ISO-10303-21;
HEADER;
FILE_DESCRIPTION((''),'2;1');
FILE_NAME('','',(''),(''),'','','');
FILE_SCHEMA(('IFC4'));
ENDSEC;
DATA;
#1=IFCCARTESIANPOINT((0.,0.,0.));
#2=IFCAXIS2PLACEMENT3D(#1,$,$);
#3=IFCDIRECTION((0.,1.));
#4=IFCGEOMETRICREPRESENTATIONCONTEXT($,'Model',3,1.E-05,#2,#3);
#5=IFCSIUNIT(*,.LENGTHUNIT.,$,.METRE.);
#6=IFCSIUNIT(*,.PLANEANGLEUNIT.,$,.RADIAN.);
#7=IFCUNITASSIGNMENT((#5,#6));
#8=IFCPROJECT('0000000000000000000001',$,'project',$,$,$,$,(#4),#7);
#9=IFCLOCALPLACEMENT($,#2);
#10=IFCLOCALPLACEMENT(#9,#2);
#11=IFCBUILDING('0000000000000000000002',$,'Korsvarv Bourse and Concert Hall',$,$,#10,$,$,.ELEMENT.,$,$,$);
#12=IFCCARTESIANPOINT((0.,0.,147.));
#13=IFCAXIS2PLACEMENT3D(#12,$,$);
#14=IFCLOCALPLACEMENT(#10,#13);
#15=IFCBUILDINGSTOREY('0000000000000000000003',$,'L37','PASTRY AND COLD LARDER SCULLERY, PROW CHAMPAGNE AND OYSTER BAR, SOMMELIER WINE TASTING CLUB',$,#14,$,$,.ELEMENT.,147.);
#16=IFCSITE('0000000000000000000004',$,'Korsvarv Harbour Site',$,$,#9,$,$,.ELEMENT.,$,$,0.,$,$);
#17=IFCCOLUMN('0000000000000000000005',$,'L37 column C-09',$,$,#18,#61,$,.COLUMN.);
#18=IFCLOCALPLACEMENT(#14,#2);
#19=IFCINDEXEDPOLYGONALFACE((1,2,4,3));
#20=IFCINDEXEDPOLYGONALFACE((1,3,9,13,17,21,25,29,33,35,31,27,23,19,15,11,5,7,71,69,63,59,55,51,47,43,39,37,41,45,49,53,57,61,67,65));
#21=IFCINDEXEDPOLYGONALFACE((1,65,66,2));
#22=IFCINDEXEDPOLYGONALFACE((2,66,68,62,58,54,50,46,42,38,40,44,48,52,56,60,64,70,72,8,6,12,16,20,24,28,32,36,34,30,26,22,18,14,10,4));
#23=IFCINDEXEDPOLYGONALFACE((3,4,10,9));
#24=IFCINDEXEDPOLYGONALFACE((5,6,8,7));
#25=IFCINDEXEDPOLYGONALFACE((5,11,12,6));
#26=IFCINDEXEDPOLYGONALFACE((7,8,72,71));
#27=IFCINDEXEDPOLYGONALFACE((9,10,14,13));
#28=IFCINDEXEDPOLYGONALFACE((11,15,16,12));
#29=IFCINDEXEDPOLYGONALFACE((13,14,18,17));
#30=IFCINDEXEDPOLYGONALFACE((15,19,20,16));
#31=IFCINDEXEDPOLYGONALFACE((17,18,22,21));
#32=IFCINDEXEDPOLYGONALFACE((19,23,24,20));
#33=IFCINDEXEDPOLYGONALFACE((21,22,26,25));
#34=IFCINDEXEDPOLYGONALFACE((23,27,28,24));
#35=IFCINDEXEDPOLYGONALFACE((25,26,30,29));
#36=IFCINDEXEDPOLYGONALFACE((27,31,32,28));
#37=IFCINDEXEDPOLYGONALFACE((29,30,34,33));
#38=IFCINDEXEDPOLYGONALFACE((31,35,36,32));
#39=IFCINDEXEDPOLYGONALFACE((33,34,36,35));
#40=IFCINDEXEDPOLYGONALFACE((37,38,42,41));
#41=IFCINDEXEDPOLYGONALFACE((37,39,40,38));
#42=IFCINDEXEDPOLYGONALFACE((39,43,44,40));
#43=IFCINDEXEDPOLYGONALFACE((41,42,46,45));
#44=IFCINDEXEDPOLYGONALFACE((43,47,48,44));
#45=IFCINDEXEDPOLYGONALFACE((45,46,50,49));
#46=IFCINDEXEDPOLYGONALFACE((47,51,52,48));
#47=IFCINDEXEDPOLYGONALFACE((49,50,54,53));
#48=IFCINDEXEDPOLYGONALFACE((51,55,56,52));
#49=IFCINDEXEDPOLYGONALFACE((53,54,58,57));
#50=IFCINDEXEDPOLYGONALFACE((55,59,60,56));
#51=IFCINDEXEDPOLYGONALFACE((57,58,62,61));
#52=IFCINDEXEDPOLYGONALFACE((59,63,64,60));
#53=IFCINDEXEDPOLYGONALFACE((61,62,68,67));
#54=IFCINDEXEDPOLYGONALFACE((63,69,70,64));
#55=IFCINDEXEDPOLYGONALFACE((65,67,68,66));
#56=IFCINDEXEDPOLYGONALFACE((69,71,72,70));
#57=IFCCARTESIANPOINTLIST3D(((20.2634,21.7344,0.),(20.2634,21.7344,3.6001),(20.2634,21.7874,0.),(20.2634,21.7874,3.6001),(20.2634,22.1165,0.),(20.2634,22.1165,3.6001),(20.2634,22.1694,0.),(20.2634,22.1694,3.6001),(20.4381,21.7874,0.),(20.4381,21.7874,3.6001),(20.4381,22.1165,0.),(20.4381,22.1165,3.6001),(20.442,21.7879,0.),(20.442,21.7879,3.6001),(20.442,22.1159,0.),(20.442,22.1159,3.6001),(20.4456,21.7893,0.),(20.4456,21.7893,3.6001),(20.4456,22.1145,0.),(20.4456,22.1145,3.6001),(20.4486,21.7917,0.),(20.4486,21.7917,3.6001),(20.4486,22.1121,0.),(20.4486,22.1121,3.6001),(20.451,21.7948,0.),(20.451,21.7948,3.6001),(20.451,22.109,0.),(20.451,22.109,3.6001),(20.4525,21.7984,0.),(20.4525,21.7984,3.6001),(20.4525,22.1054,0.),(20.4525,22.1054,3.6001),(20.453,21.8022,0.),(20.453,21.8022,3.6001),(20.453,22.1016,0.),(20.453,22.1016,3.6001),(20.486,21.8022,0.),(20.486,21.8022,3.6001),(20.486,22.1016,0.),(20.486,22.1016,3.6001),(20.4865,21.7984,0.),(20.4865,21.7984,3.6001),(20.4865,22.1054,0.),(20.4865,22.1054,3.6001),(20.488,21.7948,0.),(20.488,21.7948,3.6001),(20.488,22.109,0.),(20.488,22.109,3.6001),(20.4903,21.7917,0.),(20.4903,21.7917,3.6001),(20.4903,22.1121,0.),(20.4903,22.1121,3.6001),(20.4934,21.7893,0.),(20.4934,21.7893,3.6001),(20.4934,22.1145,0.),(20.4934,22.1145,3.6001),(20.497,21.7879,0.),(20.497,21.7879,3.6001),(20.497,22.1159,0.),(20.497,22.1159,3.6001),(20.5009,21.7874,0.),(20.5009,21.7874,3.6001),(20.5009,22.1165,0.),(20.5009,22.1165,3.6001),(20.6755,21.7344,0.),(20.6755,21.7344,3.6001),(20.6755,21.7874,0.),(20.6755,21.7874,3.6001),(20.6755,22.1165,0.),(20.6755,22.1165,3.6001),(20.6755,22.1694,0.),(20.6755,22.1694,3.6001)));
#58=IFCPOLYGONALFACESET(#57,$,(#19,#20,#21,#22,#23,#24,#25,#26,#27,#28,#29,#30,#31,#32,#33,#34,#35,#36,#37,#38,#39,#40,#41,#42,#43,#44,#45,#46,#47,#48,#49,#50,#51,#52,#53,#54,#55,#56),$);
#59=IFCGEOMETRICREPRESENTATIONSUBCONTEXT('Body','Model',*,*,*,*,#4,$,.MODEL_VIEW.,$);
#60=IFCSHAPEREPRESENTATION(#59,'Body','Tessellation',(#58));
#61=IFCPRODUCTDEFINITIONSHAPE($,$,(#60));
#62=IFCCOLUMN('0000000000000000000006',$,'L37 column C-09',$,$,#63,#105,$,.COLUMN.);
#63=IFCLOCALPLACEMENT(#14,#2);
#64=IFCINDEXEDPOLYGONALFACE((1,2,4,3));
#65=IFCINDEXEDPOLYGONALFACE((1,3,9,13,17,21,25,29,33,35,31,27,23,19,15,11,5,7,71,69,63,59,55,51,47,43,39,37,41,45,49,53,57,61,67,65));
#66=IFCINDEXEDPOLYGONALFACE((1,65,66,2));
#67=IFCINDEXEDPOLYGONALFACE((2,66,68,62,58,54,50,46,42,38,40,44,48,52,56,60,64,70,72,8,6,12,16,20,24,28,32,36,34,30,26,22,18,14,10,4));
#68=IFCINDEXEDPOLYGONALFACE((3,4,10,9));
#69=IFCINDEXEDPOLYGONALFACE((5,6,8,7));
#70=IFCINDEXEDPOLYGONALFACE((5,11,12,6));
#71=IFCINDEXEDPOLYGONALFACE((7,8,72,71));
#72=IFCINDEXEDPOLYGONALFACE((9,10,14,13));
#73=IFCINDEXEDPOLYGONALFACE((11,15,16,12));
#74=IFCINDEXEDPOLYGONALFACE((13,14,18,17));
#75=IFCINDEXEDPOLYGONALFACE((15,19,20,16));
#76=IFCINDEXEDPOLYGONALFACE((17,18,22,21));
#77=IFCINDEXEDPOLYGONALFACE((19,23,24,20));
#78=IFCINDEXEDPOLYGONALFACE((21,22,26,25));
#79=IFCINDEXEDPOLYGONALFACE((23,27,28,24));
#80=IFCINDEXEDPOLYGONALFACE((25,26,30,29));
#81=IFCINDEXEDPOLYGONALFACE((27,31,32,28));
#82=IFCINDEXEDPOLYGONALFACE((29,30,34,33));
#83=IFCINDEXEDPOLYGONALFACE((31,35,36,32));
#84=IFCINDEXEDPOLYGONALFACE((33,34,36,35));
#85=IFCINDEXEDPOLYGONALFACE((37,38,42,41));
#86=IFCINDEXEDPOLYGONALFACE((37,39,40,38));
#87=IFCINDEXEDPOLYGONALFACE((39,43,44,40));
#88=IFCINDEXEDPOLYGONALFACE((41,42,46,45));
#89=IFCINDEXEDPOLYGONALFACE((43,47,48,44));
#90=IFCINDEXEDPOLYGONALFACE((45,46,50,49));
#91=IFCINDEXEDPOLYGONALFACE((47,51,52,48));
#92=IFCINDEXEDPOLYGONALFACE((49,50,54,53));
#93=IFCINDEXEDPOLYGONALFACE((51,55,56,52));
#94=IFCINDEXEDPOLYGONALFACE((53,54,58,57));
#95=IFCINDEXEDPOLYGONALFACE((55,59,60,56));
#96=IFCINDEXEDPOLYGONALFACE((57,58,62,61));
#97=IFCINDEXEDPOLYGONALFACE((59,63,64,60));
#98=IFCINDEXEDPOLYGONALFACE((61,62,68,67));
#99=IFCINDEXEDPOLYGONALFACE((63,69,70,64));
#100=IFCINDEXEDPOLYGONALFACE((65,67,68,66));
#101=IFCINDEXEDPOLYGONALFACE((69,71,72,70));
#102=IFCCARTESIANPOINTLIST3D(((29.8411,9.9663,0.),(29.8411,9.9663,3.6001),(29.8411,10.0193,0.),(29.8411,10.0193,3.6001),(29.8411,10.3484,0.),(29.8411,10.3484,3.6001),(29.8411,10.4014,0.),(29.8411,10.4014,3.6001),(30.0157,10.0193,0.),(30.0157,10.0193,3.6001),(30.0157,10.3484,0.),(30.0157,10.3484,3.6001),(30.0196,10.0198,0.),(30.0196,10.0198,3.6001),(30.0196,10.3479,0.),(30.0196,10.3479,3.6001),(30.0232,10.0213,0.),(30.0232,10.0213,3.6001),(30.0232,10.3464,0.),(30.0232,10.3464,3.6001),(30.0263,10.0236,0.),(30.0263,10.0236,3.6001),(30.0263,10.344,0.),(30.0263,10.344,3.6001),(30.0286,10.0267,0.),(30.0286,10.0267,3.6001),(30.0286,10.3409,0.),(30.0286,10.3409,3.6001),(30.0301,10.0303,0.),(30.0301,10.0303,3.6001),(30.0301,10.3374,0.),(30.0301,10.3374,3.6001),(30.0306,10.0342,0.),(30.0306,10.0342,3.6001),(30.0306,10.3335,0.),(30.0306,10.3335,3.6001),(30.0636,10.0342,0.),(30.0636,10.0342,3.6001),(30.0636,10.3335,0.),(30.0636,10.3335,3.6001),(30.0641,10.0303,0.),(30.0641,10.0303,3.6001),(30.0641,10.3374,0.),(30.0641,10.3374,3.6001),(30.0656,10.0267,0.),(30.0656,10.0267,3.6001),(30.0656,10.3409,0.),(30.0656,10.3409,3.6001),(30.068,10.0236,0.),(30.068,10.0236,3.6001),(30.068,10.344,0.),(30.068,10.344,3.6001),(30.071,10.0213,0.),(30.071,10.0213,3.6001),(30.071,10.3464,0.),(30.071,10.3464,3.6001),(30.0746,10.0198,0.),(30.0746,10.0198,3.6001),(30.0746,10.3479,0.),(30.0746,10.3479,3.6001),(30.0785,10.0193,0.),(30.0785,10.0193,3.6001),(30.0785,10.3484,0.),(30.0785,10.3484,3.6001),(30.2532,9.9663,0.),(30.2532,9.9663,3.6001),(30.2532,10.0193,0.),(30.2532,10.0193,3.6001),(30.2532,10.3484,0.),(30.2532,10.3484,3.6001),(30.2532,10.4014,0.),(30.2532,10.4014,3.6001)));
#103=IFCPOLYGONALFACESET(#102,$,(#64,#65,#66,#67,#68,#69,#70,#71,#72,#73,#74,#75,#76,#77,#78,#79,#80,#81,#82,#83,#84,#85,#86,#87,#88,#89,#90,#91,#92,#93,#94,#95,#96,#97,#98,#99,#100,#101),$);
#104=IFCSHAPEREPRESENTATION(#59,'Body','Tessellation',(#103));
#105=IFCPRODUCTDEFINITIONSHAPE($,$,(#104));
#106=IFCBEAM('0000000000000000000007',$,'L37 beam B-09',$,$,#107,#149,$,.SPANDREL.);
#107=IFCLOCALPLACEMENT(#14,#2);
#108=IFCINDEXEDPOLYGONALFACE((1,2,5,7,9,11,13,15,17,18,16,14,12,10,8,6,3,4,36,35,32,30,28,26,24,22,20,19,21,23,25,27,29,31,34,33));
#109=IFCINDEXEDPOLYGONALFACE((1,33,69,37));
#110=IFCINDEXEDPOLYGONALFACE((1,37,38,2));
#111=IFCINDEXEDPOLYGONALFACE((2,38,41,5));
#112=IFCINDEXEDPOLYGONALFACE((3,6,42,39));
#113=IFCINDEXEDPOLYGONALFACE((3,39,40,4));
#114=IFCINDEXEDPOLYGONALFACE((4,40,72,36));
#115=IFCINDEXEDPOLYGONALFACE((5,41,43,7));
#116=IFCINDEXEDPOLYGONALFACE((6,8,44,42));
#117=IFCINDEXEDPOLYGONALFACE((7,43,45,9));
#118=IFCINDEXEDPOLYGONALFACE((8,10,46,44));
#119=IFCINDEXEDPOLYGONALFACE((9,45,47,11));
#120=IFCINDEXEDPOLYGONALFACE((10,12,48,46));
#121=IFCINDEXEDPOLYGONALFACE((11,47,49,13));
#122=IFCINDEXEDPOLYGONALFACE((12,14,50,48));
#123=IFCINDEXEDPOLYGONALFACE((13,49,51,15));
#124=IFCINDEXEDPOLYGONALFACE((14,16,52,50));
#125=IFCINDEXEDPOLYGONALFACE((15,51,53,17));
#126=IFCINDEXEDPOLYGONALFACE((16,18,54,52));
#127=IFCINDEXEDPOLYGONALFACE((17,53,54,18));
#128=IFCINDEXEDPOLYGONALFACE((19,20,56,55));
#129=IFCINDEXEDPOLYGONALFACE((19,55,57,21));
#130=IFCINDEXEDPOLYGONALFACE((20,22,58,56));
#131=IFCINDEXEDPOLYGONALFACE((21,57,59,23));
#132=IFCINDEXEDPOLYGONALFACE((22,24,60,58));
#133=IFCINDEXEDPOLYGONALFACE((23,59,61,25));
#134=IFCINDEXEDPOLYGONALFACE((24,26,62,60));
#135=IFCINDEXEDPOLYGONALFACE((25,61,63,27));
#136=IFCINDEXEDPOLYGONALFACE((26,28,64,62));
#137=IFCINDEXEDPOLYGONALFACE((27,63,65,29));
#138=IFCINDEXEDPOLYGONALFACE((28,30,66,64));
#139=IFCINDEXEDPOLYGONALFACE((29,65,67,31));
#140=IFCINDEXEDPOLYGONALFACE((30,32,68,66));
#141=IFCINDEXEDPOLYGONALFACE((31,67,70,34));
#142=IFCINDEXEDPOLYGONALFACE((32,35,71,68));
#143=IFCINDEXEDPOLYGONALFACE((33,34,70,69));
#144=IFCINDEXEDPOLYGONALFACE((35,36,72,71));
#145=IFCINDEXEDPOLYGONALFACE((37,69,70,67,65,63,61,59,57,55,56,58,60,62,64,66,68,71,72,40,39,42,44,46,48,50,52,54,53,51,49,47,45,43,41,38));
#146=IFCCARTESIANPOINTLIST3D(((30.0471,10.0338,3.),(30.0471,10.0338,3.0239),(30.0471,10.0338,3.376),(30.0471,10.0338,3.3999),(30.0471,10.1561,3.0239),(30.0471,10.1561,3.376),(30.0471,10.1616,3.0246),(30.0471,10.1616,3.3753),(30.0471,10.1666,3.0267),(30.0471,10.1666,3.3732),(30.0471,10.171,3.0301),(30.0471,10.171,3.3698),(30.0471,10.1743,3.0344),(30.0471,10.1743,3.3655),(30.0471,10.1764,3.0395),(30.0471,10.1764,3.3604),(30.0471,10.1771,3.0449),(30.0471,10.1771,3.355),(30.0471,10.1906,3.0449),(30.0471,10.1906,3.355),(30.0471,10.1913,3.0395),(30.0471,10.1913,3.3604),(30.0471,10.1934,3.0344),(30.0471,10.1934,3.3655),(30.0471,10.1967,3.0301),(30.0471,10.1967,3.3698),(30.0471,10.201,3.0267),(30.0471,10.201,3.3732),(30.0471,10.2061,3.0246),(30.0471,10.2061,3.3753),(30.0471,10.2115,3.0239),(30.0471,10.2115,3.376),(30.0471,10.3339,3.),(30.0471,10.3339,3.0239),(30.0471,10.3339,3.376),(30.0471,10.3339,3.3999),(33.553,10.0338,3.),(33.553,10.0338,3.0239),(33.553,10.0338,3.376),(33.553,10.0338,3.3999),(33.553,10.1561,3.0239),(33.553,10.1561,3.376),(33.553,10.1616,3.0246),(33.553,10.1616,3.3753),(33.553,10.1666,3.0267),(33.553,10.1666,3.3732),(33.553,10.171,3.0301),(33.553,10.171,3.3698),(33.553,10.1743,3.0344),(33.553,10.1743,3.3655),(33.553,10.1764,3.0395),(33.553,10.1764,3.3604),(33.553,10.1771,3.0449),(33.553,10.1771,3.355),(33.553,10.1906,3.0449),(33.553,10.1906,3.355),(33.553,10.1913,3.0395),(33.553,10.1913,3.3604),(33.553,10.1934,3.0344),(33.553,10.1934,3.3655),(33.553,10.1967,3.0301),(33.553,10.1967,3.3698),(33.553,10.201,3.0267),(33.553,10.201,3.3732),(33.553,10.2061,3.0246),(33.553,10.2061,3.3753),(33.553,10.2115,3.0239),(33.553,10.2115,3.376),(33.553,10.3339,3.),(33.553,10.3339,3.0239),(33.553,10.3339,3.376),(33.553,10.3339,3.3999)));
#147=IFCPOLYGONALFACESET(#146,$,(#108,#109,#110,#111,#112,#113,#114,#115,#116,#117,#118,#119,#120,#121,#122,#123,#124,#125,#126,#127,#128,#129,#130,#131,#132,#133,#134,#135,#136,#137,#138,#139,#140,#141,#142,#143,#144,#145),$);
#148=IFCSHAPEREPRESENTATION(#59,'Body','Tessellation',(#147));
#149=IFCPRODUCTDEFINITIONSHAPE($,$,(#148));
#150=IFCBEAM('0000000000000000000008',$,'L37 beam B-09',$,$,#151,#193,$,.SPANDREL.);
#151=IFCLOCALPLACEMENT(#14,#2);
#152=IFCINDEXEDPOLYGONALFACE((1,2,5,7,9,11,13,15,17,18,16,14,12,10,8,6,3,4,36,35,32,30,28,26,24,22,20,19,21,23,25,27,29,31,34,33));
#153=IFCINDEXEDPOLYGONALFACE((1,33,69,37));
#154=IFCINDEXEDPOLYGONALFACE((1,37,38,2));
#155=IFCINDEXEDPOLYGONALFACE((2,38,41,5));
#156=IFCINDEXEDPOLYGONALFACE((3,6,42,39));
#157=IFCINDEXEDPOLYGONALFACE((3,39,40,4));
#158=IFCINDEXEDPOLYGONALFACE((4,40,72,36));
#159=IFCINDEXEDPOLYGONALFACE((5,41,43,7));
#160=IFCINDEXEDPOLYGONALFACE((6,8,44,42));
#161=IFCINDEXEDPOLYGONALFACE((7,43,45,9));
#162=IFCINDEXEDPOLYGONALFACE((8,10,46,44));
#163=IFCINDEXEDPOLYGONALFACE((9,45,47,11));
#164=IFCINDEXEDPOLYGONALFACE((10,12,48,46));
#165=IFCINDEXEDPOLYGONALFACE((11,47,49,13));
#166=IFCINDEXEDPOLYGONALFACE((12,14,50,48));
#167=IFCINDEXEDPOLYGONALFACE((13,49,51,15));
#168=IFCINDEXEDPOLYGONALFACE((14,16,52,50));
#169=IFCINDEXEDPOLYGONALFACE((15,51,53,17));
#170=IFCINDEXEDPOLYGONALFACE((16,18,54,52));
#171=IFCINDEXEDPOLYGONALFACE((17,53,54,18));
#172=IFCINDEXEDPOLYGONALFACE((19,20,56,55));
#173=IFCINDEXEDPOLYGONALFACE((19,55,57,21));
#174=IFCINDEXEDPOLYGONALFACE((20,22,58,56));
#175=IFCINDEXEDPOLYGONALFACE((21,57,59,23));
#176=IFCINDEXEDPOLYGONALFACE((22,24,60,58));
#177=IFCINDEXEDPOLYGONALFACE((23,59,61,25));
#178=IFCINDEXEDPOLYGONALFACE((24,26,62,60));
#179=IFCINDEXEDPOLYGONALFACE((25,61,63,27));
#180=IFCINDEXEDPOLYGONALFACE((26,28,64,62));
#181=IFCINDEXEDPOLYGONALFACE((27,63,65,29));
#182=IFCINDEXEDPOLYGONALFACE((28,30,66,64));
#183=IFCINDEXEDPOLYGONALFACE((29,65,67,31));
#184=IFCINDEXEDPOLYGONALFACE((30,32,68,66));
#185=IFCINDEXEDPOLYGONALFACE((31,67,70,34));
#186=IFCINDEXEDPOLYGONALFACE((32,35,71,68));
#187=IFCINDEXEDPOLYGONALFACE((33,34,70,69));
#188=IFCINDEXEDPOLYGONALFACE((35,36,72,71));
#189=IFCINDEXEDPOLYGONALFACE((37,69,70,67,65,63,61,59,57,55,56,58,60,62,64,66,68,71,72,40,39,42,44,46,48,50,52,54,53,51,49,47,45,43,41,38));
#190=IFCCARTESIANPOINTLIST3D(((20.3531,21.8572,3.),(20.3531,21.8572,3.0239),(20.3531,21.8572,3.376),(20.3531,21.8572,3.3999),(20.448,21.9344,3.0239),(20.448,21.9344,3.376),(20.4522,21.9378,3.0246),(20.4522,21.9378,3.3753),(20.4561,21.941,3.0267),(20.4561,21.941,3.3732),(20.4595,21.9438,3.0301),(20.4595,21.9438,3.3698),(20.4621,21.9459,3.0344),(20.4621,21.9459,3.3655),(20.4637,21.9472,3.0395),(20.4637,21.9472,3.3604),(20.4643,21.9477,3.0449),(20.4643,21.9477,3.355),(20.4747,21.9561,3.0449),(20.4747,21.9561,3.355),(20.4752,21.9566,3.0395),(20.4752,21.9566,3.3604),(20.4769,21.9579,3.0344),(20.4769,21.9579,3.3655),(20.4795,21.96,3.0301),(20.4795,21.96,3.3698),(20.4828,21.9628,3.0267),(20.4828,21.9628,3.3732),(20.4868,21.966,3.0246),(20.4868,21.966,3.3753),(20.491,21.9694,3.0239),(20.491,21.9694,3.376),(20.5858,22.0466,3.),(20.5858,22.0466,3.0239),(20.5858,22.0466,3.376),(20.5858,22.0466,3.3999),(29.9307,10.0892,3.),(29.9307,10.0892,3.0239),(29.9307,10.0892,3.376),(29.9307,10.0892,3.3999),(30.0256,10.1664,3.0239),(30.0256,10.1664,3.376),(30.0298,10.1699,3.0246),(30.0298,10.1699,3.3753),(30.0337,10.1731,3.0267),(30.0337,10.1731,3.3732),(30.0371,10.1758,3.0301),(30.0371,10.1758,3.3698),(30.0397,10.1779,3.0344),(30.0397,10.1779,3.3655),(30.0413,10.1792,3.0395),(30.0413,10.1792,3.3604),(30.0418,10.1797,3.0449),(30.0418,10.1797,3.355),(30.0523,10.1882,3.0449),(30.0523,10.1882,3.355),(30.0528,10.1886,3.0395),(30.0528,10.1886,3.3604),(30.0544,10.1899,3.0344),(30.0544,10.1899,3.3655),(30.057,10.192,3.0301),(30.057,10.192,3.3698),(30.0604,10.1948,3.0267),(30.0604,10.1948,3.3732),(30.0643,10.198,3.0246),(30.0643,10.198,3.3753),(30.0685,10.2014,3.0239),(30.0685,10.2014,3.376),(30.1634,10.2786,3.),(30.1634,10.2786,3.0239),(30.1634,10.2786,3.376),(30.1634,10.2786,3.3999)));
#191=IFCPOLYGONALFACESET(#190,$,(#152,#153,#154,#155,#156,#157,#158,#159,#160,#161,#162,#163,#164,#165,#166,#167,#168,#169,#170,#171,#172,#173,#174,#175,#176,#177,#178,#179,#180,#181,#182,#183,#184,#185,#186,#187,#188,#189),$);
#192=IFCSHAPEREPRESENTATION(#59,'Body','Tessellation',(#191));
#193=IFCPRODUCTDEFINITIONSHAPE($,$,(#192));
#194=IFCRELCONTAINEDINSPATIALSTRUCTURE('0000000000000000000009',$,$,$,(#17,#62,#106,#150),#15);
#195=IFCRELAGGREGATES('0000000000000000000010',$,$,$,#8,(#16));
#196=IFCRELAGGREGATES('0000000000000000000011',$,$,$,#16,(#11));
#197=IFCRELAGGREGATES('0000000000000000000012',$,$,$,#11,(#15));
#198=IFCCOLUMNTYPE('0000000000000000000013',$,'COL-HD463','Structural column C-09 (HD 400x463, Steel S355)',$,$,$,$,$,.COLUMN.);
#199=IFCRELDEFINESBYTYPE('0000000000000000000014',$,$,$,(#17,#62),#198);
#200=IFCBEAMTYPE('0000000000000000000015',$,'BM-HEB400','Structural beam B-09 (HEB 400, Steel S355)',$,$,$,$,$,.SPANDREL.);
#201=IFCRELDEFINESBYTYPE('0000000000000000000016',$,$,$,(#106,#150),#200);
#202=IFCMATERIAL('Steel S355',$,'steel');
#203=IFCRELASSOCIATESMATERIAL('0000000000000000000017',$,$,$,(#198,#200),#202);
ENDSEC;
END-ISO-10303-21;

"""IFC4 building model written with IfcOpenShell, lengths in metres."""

from ifc_helpers import new_model, si_unit, direction, frame, origin, origin_2d, place, context, subcontext, project, spatial, i_section, extrude, source, transform, mapped, material, material_profile, profile_set, type_object, element, save


model = new_model("IFC4")

# Units and contexts
model_context = context("Model", 3, precision=1e-05, world=origin(), true_north=direction((0.0, 1.0)))
body_context = subcontext(model_context, "Body", "Model", "MODEL_VIEW")
ifc_project = project(units=[si_unit("LENGTHUNIT", "METRE"), si_unit("PLANEANGLEUNIT", "RADIAN")], contexts=[model_context])

# Site, building, storey
site_placement = place(None, origin())
site = spatial("IfcSite", under=ifc_project, at=site_placement, Name="Korsvarv Harbour Site", CompositionType="ELEMENT", RefElevation=0.0)
building_placement = place(site_placement, origin())
building = spatial("IfcBuilding", under=site, at=building_placement, Name="Korsvarv Bourse and Concert Hall", CompositionType="ELEMENT")
storey_placement = place(building_placement, frame((0.0, 0.0, 147.0)))
storey = spatial("IfcBuildingStorey", under=building, at=storey_placement, Name="L37", Description="PASTRY AND COLD LARDER SCULLERY, PROW CHAMPAGNE AND OYSTER BAR, SOMMELIER WINE TASTING CLUB", CompositionType="ELEMENT", Elevation=147.0)

# Columns
ifc_material_1 = material(Name="Steel S355", Category="steel")
ifc_material_profile_1 = material_profile(ifc_material_1, i_section(OverallWidth=0.4121, OverallDepth=0.4351, WebThickness=0.033, FlangeThickness=0.053, FilletRadius=0.0149, at=origin_2d()), Name="HD 400x463")
ifc_profile_set_1 = profile_set([ifc_material_profile_1], Name="Steel S355")
column_type = type_object("IfcColumnType", Name="COL-HD463", Description="Structural column C-09 (HD 400x463, Steel S355)", PredefinedType="COLUMN", material=ifc_profile_set_1)
shared_shape_1 = source(origin(), body_context, "Body", "SweptSolid", [
    extrude(i_section(OverallWidth=0.4121, OverallDepth=0.4351, WebThickness=0.033, FlangeThickness=0.053, FilletRadius=0.0149, at=origin_2d()), origin(), (0.0, 0.0, 1.0), 3.6001),
])
for number, where, z_axis, x_axis, name in (
    (1, (20.4695, 21.9519, 0.0), (0.0, 0.0, 1.0), (1.0, 0.0, 0.0), "L37 column C-09"),
    (2, (30.0471, 10.1838, 0.0), (0.0, 0.0, 1.0), (1.0, 0.0, 0.0), "L37 column C-09"),
):
    element("IfcColumn", number, at=place(storey_placement, frame(where, z_axis=z_axis, x_axis=x_axis)), inside=storey, type_object=column_type, Name=name, PredefinedType="COLUMN", context=body_context, shape_type="MappedRepresentation", body=[
        mapped(shared_shape_1, transform((0.0, 0.0, 0.0), scale=1.0)),
    ])

# Beams
ifc_material_profile_2 = material_profile(ifc_material_1, i_section(OverallWidth=0.3, OverallDepth=0.3999, WebThickness=0.0134, FlangeThickness=0.0239, FilletRadius=0.021, at=origin_2d()), Name="HEB 400")
ifc_profile_set_2 = profile_set([ifc_material_profile_2], Name="Steel S355")
beam_type_1 = type_object("IfcBeamType", Name="BM-HEB400", Description="Structural beam B-09 (HEB 400, Steel S355)", PredefinedType="SPANDREL", material=ifc_profile_set_2)
shared_shape_2 = source(origin(), body_context, "Body", "SweptSolid", [
    extrude(i_section(OverallWidth=0.3, OverallDepth=0.3999, WebThickness=0.0134, FlangeThickness=0.0239, FilletRadius=0.021, at=origin_2d()), origin(), (0.0, 0.0, 1.0), 3.5059),
])
beam_1_placement = place(storey_placement, frame((30.0471, 10.1838, 3.2), z_axis=(1.0, 0.0, 0.0), x_axis=(0.0, 1.0, 0.0)))
element("IfcBeam", 3, at=beam_1_placement, inside=storey, type_object=beam_type_1, Name="L37 beam B-09", PredefinedType="SPANDREL", context=body_context, shape_type="MappedRepresentation", body=[
    mapped(shared_shape_2, transform((0.0, 0.0, 0.0), scale=1.0)),
])
shared_shape_3 = source(origin(), body_context, "Body", "SweptSolid", [
    extrude(i_section(OverallWidth=0.3, OverallDepth=0.3999, WebThickness=0.0134, FlangeThickness=0.0239, FilletRadius=0.021, at=origin_2d()), origin(), (0.0, 0.0, 1.0), 15.1729),
])
beam_2_placement = place(storey_placement, frame((20.4695, 21.9519, 3.2), z_axis=(0.631231, -0.775595, 0.0), x_axis=(0.775595, 0.631231, 0.0)))
element("IfcBeam", 4, at=beam_2_placement, inside=storey, type_object=beam_type_1, Name="L37 beam B-09", PredefinedType="SPANDREL", context=body_context, shape_type="MappedRepresentation", body=[
    mapped(shared_shape_3, transform((0.0, 0.0, 0.0), scale=1.0)),
])

save(model, "model.ifc")
